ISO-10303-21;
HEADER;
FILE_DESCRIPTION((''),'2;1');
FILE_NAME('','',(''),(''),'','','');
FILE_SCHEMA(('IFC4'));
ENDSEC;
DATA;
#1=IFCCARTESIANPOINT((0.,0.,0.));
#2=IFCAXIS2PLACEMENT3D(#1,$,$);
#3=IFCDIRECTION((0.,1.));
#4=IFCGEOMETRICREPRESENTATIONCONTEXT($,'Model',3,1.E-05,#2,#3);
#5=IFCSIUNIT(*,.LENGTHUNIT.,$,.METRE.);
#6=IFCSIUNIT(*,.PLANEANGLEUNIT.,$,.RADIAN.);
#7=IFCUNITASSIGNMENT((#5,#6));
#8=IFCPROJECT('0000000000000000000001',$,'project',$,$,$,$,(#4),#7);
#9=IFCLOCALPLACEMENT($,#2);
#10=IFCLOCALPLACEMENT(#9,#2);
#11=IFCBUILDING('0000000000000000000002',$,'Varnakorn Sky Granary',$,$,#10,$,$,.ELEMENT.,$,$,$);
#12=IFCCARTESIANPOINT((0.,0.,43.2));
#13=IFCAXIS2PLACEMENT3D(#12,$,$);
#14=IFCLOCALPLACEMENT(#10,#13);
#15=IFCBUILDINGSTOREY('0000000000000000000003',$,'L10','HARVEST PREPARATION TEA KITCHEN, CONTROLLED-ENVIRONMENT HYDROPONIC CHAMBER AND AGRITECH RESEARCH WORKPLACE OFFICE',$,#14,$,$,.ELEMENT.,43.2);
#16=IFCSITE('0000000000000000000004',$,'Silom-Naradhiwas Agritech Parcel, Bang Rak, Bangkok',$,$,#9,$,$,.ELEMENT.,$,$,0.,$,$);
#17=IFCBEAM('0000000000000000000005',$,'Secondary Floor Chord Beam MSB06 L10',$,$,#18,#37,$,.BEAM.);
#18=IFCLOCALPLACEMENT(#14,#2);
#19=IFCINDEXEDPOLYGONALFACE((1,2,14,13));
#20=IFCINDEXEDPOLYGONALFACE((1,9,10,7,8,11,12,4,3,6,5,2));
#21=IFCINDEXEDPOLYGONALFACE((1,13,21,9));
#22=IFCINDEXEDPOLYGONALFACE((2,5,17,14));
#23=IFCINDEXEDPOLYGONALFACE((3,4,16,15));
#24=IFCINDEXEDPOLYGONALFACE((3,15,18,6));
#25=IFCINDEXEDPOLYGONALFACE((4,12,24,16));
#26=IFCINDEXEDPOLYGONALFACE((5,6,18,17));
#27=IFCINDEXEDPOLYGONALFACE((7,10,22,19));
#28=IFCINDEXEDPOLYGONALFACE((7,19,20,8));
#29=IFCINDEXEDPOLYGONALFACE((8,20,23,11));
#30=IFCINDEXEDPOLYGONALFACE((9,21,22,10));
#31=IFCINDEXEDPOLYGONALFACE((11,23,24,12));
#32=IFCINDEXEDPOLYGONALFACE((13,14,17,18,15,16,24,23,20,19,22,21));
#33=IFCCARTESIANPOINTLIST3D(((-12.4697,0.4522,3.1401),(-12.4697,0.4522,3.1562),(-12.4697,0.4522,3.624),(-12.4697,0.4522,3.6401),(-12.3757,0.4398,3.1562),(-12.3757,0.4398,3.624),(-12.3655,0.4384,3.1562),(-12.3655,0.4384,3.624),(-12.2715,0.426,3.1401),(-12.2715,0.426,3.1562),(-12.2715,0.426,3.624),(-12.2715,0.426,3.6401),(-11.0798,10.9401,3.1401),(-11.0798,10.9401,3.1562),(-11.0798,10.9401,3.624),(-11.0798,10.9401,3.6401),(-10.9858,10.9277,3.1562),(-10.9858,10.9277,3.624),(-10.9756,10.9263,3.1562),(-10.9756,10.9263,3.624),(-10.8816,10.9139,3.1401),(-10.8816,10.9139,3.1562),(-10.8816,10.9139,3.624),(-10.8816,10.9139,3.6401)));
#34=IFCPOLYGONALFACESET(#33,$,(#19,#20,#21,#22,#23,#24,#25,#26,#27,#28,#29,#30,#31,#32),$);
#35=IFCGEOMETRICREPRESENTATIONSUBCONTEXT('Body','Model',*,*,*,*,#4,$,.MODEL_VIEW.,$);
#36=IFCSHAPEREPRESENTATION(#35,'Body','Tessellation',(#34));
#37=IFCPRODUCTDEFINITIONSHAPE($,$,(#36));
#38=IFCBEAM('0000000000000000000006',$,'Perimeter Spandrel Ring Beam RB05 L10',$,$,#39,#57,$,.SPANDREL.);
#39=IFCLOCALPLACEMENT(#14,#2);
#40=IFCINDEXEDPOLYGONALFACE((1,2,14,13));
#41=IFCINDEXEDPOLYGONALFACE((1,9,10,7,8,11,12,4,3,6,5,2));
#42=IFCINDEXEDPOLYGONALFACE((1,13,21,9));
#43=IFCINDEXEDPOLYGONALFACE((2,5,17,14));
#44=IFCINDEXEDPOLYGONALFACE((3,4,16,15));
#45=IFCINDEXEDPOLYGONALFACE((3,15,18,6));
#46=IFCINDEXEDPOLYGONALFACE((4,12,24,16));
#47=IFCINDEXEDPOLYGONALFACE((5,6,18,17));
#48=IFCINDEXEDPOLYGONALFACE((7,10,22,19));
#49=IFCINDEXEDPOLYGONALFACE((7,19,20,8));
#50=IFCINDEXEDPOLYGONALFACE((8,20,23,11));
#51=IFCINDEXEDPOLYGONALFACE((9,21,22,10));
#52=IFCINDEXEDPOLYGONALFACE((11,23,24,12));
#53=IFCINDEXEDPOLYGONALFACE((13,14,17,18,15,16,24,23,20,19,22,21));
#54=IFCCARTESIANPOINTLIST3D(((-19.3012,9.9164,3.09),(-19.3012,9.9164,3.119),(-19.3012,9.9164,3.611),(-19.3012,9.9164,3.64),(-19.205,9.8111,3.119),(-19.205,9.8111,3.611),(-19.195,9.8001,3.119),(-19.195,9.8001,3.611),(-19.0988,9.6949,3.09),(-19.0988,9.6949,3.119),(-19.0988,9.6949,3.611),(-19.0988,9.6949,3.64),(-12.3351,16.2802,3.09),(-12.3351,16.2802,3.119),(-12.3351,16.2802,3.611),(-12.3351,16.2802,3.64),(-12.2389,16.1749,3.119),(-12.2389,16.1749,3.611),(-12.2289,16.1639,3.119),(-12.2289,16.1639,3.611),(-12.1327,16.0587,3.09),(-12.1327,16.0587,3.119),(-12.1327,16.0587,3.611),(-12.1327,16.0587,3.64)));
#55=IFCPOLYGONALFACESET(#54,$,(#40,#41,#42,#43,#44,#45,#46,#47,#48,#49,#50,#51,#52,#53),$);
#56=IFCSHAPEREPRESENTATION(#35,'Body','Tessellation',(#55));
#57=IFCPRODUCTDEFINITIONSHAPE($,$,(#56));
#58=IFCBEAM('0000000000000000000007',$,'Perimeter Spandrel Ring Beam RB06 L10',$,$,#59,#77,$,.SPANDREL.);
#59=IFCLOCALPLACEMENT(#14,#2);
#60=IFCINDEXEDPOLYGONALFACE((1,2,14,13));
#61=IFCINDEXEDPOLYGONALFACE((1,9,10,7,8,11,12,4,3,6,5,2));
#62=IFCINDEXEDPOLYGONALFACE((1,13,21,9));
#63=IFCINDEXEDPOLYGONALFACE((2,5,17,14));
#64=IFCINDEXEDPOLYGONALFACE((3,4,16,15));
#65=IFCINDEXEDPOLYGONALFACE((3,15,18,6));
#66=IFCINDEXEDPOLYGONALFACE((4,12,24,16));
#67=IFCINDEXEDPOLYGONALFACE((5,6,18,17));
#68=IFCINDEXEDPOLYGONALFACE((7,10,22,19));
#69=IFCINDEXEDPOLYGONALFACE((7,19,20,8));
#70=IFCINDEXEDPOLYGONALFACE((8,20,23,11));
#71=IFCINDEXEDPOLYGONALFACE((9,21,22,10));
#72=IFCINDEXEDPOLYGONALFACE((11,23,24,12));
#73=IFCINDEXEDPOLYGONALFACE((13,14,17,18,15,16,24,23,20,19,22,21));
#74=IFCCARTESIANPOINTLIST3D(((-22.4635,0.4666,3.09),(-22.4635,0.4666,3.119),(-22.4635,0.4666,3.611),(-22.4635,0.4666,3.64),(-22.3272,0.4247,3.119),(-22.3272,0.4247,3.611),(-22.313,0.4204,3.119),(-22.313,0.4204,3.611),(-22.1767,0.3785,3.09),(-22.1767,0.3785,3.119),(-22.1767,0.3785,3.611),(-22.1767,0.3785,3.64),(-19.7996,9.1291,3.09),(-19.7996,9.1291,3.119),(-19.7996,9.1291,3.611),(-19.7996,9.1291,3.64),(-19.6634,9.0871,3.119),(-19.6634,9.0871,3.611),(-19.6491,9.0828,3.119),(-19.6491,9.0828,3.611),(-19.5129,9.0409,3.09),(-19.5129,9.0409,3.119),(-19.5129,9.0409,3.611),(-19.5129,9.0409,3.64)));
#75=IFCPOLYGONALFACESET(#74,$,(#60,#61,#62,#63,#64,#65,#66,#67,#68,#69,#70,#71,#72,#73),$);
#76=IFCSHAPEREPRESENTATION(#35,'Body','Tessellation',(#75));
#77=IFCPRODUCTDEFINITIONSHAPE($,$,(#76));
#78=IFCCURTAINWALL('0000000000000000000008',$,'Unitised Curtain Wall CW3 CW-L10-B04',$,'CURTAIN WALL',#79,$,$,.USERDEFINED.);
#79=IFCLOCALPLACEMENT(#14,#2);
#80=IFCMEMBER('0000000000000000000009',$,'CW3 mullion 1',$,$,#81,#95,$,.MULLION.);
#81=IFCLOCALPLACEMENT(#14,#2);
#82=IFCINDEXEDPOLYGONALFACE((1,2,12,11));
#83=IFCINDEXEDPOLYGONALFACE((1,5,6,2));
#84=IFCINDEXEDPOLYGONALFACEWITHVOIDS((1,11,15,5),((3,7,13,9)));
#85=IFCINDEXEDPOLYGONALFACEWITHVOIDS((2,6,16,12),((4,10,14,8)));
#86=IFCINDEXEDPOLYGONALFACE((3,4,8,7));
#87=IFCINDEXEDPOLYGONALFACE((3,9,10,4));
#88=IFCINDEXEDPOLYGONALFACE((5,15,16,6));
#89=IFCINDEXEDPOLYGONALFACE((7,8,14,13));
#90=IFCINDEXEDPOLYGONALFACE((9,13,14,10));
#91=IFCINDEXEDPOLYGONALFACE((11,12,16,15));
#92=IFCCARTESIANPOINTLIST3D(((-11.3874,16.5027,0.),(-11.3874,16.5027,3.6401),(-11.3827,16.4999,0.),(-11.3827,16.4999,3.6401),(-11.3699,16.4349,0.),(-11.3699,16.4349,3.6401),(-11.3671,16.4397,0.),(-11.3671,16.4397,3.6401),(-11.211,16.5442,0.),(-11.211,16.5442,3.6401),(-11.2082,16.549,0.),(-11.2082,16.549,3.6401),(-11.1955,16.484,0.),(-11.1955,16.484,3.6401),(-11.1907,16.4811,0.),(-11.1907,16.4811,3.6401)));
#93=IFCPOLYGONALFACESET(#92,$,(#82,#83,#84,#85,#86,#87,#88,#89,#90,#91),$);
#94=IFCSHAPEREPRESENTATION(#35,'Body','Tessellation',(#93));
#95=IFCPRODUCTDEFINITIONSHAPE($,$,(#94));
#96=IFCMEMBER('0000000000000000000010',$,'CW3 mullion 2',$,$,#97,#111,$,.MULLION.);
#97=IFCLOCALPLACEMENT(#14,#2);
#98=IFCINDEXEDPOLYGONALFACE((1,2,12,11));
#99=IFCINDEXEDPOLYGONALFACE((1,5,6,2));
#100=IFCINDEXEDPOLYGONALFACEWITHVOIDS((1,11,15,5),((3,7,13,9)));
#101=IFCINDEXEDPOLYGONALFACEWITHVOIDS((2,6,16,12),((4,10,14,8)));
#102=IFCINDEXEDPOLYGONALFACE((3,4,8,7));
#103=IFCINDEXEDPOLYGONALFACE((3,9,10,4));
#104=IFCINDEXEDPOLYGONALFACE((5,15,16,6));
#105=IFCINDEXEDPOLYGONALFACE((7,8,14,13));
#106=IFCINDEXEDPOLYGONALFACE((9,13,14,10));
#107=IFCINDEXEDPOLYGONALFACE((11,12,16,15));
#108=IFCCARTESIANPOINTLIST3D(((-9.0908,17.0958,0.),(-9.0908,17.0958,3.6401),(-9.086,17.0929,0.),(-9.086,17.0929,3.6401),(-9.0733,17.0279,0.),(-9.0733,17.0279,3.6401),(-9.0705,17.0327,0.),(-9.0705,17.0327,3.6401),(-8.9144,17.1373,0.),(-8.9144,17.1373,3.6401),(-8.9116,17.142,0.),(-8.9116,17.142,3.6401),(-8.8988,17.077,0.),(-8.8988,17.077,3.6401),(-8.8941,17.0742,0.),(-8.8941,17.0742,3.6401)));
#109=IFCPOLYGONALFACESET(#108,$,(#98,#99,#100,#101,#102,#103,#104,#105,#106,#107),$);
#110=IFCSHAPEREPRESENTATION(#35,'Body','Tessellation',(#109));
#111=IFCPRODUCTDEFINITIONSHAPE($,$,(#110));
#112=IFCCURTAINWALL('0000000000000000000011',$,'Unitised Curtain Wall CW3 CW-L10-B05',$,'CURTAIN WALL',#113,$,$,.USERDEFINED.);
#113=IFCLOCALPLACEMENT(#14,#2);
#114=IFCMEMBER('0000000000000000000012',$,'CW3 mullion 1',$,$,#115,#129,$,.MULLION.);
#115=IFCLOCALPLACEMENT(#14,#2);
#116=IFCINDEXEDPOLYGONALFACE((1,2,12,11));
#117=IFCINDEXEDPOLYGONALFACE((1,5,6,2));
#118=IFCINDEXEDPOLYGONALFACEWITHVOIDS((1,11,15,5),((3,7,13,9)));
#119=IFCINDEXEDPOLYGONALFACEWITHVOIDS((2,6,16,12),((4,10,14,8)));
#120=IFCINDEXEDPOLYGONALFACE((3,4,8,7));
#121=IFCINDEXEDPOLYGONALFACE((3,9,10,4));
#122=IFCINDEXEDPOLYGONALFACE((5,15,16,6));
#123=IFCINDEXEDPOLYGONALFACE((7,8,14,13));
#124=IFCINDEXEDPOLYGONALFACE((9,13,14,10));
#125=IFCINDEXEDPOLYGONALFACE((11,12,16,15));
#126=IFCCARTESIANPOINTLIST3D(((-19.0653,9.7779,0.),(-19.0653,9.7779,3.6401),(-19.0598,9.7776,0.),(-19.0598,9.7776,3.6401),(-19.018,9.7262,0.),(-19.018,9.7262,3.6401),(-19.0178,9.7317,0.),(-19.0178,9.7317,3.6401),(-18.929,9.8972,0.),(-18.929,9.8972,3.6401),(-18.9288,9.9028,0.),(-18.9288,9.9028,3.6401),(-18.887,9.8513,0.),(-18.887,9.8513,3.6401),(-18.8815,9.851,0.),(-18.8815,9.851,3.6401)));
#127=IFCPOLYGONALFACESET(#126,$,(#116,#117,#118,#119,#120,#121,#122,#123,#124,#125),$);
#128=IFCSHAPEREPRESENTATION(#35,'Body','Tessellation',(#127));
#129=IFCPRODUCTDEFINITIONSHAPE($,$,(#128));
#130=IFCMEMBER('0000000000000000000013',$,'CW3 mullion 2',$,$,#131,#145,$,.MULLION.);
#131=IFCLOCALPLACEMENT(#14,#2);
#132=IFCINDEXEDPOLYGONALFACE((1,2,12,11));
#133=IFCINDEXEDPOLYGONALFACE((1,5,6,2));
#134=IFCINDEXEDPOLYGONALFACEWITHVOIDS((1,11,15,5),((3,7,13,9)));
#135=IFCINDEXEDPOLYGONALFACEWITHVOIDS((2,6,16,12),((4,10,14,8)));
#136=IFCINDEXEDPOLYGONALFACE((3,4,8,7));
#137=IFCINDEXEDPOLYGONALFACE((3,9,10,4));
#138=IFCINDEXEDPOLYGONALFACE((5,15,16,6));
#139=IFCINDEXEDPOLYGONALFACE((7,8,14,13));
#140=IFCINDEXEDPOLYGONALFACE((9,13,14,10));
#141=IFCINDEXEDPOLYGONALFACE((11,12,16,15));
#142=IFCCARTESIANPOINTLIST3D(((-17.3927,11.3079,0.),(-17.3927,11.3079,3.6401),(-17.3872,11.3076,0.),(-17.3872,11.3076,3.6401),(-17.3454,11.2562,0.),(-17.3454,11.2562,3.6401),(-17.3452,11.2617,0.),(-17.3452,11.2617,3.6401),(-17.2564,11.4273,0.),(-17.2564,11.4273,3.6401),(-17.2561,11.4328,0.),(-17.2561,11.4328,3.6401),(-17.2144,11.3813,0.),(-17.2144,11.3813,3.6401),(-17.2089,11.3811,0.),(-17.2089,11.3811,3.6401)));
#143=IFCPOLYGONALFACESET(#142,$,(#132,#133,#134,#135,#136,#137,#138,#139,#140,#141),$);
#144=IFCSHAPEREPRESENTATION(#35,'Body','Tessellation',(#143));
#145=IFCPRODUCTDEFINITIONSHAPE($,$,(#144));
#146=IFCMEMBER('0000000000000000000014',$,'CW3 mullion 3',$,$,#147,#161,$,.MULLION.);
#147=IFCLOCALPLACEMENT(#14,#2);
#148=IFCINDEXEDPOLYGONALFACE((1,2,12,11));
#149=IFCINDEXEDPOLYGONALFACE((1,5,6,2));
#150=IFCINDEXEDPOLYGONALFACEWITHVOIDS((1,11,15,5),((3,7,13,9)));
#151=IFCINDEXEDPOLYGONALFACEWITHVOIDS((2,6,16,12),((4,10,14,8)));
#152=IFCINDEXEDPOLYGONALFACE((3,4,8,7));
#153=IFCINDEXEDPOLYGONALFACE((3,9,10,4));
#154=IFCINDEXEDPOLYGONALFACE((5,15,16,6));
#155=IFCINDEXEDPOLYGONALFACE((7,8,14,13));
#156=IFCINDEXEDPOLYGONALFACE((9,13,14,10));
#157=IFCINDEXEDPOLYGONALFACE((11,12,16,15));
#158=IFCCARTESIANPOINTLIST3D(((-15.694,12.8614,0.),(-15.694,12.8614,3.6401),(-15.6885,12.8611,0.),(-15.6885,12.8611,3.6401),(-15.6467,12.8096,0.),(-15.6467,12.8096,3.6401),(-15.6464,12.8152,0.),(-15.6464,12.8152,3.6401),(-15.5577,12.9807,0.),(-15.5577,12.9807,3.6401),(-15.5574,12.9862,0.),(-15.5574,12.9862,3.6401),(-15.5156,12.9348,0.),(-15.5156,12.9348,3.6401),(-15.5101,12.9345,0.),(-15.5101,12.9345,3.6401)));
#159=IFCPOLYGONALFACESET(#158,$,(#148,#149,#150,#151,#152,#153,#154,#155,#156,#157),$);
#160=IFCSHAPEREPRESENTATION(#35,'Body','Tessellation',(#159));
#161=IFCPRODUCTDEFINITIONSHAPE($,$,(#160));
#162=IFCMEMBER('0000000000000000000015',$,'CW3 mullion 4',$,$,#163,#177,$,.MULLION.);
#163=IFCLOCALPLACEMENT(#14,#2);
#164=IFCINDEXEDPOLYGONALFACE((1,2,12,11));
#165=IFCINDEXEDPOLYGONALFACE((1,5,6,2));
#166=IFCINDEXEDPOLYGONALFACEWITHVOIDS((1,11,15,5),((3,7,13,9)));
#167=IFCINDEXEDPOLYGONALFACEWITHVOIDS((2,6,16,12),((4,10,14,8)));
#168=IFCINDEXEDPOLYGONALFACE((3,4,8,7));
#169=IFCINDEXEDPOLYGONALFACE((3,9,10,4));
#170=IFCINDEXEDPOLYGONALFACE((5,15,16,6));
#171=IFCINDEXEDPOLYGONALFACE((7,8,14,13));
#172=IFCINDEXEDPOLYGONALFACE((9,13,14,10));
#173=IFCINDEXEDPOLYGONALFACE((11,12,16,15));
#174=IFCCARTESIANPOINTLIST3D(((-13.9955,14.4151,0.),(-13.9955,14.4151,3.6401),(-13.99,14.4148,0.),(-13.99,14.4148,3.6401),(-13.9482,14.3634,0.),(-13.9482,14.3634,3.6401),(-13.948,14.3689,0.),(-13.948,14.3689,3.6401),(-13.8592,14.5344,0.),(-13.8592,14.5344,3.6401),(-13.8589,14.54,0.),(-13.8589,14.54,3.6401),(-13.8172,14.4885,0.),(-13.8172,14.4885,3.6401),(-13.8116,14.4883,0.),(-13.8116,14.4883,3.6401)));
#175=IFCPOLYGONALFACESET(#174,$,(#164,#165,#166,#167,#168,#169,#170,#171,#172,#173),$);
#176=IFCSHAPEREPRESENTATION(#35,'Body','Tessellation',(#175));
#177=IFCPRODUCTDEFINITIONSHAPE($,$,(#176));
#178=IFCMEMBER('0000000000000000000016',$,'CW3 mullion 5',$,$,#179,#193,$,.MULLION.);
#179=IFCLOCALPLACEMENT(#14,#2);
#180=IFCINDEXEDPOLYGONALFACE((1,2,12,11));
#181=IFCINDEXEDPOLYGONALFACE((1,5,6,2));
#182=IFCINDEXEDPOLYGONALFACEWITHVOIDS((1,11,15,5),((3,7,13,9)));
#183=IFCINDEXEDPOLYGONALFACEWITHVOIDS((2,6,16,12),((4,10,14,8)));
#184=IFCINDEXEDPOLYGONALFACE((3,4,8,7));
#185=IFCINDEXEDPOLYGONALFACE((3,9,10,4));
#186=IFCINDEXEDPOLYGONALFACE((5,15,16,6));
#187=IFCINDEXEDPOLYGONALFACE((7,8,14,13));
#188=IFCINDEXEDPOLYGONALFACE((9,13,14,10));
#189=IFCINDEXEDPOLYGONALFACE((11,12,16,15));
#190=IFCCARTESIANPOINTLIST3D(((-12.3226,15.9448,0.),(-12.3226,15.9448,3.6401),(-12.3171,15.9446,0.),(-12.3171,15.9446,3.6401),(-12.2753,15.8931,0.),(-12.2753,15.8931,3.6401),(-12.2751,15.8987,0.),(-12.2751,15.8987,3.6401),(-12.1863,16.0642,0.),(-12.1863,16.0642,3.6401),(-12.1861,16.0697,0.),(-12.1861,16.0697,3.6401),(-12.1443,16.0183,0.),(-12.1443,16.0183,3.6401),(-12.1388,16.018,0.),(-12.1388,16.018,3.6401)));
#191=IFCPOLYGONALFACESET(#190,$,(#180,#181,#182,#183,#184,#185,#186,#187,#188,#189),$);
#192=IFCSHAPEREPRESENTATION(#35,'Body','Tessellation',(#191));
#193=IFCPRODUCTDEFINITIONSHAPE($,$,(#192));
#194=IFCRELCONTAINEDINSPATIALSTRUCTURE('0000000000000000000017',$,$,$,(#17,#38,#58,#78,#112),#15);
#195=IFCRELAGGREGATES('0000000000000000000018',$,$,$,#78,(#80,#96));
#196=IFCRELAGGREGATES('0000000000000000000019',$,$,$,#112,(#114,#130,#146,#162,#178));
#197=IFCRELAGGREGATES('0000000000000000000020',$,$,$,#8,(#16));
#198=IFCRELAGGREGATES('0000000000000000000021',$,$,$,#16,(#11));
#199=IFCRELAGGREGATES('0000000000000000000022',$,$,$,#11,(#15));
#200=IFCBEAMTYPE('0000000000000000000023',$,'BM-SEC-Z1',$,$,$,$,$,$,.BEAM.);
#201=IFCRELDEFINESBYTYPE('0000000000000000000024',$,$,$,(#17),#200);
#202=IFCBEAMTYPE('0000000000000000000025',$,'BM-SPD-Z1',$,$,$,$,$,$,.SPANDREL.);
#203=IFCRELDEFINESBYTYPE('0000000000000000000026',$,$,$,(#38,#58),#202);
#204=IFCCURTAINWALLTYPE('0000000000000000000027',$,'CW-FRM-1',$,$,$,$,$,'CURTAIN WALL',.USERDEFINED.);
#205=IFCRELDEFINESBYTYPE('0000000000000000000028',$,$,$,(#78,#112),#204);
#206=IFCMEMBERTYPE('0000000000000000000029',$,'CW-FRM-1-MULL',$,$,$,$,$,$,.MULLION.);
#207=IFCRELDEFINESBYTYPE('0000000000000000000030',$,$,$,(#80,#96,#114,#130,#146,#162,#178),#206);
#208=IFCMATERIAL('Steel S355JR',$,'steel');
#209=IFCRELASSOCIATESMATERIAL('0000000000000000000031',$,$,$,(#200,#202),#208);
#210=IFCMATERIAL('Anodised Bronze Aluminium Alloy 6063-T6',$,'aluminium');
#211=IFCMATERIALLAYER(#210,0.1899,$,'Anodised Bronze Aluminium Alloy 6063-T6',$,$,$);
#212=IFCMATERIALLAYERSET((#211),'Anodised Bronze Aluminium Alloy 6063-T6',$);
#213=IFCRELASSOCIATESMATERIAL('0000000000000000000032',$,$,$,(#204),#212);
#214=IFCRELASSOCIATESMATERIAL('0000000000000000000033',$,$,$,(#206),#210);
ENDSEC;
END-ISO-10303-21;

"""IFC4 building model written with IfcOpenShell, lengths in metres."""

from ifc_helpers import new_model, si_unit, direction, frame, origin, origin_2d, place, context, subcontext, project, spatial, hollow_rectangle, i_section, extrude, material, layer, layer_set, material_profile, profile_set, type_object, element, aggregate, save


model = new_model("IFC4")

# Units and contexts
model_context = context("Model", 3, precision=1e-05, world=origin(), true_north=direction((0.0, 1.0)))
body_context = subcontext(model_context, "Body", "Model", "MODEL_VIEW")
ifc_project = project(units=[si_unit("LENGTHUNIT", "METRE"), si_unit("PLANEANGLEUNIT", "RADIAN")], contexts=[model_context])

# Site, building, storey
site_placement = place(None, origin())
site = spatial("IfcSite", under=ifc_project, at=site_placement, Name="Silom-Naradhiwas Agritech Parcel, Bang Rak, Bangkok", CompositionType="ELEMENT", RefElevation=0.0)
building_placement = place(site_placement, origin())
building = spatial("IfcBuilding", under=site, at=building_placement, Name="Varnakorn Sky Granary", CompositionType="ELEMENT")
storey_placement = place(building_placement, frame((0.0, 0.0, 43.2)))
storey = spatial("IfcBuildingStorey", under=building, at=storey_placement, Name="L10", Description="HARVEST PREPARATION TEA KITCHEN, CONTROLLED-ENVIRONMENT HYDROPONIC CHAMBER AND AGRITECH RESEARCH WORKPLACE OFFICE", CompositionType="ELEMENT", Elevation=43.2)

# Beams
ifc_material_1 = material(Name="Steel S355JR", Category="steel")
ifc_material_profile_1 = material_profile(ifc_material_1, i_section(OverallWidth=0.2, OverallDepth=0.5, WebThickness=0.0103, FlangeThickness=0.0161, at=origin_2d()), Name="IPE 500")
ifc_profile_set_1 = profile_set([ifc_material_profile_1], Name="Steel S355JR")
beam_type_1 = type_object("IfcBeamType", Name="BM-SEC-Z1", PredefinedType="BEAM", material=ifc_profile_set_1)
beam_1_placement = place(storey_placement, frame((-10.9807, 10.927, 3.3901), z_axis=(-0.131376, -0.991333, 0.0), x_axis=(0.991333, -0.131376, 0.0)))
element("IfcBeam", 1, at=beam_1_placement, inside=storey, type_object=beam_type_1, Name="Secondary Floor Chord Beam MSB06 L10", PredefinedType="BEAM", context=body_context, shape_type="SweptSolid", body=[
    extrude(i_section(OverallWidth=0.2, OverallDepth=0.5, WebThickness=0.0103, FlangeThickness=0.0161, at=origin_2d()), origin(), (0.0, 0.0, 1.0), 10.5796),
])
ifc_material_profile_2 = material_profile(ifc_material_1, i_section(OverallWidth=0.3, OverallDepth=0.55, WebThickness=0.0149, FlangeThickness=0.0291, at=origin_2d()), Name="HE 550 B")
ifc_profile_set_2 = profile_set([ifc_material_profile_2], Name="Steel S355JR")
beam_type_2 = type_object("IfcBeamType", Name="BM-SPD-Z1", PredefinedType="SPANDREL", material=ifc_profile_set_2)
beam_2_placement = place(storey_placement, frame((-12.2339, 16.1694, 3.365), z_axis=(-0.738303, -0.674469, 0.0), x_axis=(0.674469, -0.738303, 0.0)))
element("IfcBeam", 2, at=beam_2_placement, inside=storey, type_object=beam_type_2, Name="Perimeter Spandrel Ring Beam RB05 L10", PredefinedType="SPANDREL", context=body_context, shape_type="SweptSolid", body=[
    extrude(i_section(OverallWidth=0.3, OverallDepth=0.55, WebThickness=0.0149, FlangeThickness=0.0291, at=origin_2d()), origin(), (0.0, 0.0, 1.0), 9.4353),
])
beam_3_placement = place(storey_placement, frame((-19.6562, 9.085, 3.365), z_axis=(-0.293933, -0.955826, 0.0), x_axis=(0.955826, -0.293933, 0.0)))
element("IfcBeam", 3, at=beam_3_placement, inside=storey, type_object=beam_type_2, Name="Perimeter Spandrel Ring Beam RB06 L10", PredefinedType="SPANDREL", context=body_context, shape_type="SweptSolid", body=[
    extrude(i_section(OverallWidth=0.3, OverallDepth=0.55, WebThickness=0.0149, FlangeThickness=0.0291, at=origin_2d()), origin(), (0.0, 0.0, 1.0), 9.0627),
])

# Curtain walls, members
ifc_material_2 = material(Name="Anodised Bronze Aluminium Alloy 6063-T6", Category="aluminium")
ifc_layer_1 = layer(ifc_material_2, 0.1899, Name="Anodised Bronze Aluminium Alloy 6063-T6")
ifc_layer_set_1 = layer_set([ifc_layer_1], Name="Anodised Bronze Aluminium Alloy 6063-T6")
curtain_wall_type = type_object("IfcCurtainWallType", Name="CW-FRM-1", ElementType="CURTAIN WALL", PredefinedType="USERDEFINED", material=ifc_layer_set_1)
curtain_wall_1_placement = place(storey_placement, origin())
curtain_wall_1 = element("IfcCurtainWall", 4, at=curtain_wall_1_placement, inside=storey, type_object=curtain_wall_type, Name="Unitised Curtain Wall CW3 CW-L10-B04", ObjectType="CURTAIN WALL", PredefinedType="USERDEFINED")
ifc_material_profile_3 = material_profile(ifc_material_2, hollow_rectangle(XDim=0.0701, YDim=0.1851, WallThickness=0.0039, at=origin_2d()), Name="ALU MULL 70x185")
ifc_profile_set_3 = profile_set([ifc_material_profile_3], Name="Anodised Bronze Aluminium Alloy 6063-T6")
member_type_1 = type_object("IfcMemberType", Name="CW-FRM-1-MULL", PredefinedType="MULLION", material=ifc_profile_set_3)
member_1_placement = place(storey_placement, frame((-11.2891, 16.4919, 0.0), z_axis=(0.0, 0.0, 1.0), x_axis=(-0.24996, 0.968256, 0.0)))
member_1 = element("IfcMember", 5, at=member_1_placement, type_object=member_type_1, Name="CW3 mullion 1", PredefinedType="MULLION", context=body_context, shape_type="SweptSolid", body=[
    extrude(hollow_rectangle(XDim=0.0701, YDim=0.1851, WallThickness=0.0039, at=origin_2d()), origin(), (0.0, 0.0, 1.0), 3.6401),
])
member_2_placement = place(storey_placement, frame((-8.9924, 17.085, 0.0), z_axis=(0.0, 0.0, 1.0), x_axis=(-0.24996, 0.968256, 0.0)))
member_2 = element("IfcMember", 6, at=member_2_placement, type_object=member_type_1, Name="CW3 mullion 2", PredefinedType="MULLION", context=body_context, shape_type="SweptSolid", body=[
    extrude(hollow_rectangle(XDim=0.0701, YDim=0.1851, WallThickness=0.0039, at=origin_2d()), origin(), (0.0, 0.0, 1.0), 3.6401),
])
curtain_wall_2_placement = place(storey_placement, origin())
curtain_wall_2 = element("IfcCurtainWall", 7, at=curtain_wall_2_placement, inside=storey, type_object=curtain_wall_type, Name="Unitised Curtain Wall CW3 CW-L10-B05", ObjectType="CURTAIN WALL", PredefinedType="USERDEFINED")
member_3_placement = place(storey_placement, frame((-18.9734, 9.8145, 0.0), z_axis=(0.0, 0.0, 1.0), x_axis=(-0.674903, 0.737906, 0.0)))
member_3 = element("IfcMember", 8, at=member_3_placement, type_object=member_type_1, Name="CW3 mullion 1", PredefinedType="MULLION", context=body_context, shape_type="SweptSolid", body=[
    extrude(hollow_rectangle(XDim=0.0701, YDim=0.1851, WallThickness=0.0039, at=origin_2d()), origin(), (0.0, 0.0, 1.0), 3.6401),
])
member_4_placement = place(storey_placement, frame((-17.3008, 11.3445, 0.0), z_axis=(0.0, 0.0, 1.0), x_axis=(-0.674903, 0.737906, 0.0)))
member_4 = element("IfcMember", 9, at=member_4_placement, type_object=member_type_1, Name="CW3 mullion 2", PredefinedType="MULLION", context=body_context, shape_type="SweptSolid", body=[
    extrude(hollow_rectangle(XDim=0.0701, YDim=0.1851, WallThickness=0.0039, at=origin_2d()), origin(), (0.0, 0.0, 1.0), 3.6401),
])
member_5_placement = place(storey_placement, frame((-15.6021, 12.8979, 0.0), z_axis=(0.0, 0.0, 1.0), x_axis=(-0.674903, 0.737906, 0.0)))
member_5 = element("IfcMember", 10, at=member_5_placement, type_object=member_type_1, Name="CW3 mullion 3", PredefinedType="MULLION", context=body_context, shape_type="SweptSolid", body=[
    extrude(hollow_rectangle(XDim=0.0701, YDim=0.1851, WallThickness=0.0039, at=origin_2d()), origin(), (0.0, 0.0, 1.0), 3.6401),
])
member_6_placement = place(storey_placement, frame((-13.9036, 14.4517, 0.0), z_axis=(0.0, 0.0, 1.0), x_axis=(-0.674903, 0.737906, 0.0)))
member_6 = element("IfcMember", 11, at=member_6_placement, type_object=member_type_1, Name="CW3 mullion 4", PredefinedType="MULLION", context=body_context, shape_type="SweptSolid", body=[
    extrude(hollow_rectangle(XDim=0.0701, YDim=0.1851, WallThickness=0.0039, at=origin_2d()), origin(), (0.0, 0.0, 1.0), 3.6401),
])
member_7_placement = place(storey_placement, frame((-12.2307, 15.9814, 0.0), z_axis=(0.0, 0.0, 1.0), x_axis=(-0.674903, 0.737906, 0.0)))
member_7 = element("IfcMember", 12, at=member_7_placement, type_object=member_type_1, Name="CW3 mullion 5", PredefinedType="MULLION", context=body_context, shape_type="SweptSolid", body=[
    extrude(hollow_rectangle(XDim=0.0701, YDim=0.1851, WallThickness=0.0039, at=origin_2d()), origin(), (0.0, 0.0, 1.0), 3.6401),
])

aggregate(curtain_wall_1, [member_1, member_2])
aggregate(curtain_wall_2, [member_3, member_4, member_5, member_6, member_7])

save(model, "model.ifc")
